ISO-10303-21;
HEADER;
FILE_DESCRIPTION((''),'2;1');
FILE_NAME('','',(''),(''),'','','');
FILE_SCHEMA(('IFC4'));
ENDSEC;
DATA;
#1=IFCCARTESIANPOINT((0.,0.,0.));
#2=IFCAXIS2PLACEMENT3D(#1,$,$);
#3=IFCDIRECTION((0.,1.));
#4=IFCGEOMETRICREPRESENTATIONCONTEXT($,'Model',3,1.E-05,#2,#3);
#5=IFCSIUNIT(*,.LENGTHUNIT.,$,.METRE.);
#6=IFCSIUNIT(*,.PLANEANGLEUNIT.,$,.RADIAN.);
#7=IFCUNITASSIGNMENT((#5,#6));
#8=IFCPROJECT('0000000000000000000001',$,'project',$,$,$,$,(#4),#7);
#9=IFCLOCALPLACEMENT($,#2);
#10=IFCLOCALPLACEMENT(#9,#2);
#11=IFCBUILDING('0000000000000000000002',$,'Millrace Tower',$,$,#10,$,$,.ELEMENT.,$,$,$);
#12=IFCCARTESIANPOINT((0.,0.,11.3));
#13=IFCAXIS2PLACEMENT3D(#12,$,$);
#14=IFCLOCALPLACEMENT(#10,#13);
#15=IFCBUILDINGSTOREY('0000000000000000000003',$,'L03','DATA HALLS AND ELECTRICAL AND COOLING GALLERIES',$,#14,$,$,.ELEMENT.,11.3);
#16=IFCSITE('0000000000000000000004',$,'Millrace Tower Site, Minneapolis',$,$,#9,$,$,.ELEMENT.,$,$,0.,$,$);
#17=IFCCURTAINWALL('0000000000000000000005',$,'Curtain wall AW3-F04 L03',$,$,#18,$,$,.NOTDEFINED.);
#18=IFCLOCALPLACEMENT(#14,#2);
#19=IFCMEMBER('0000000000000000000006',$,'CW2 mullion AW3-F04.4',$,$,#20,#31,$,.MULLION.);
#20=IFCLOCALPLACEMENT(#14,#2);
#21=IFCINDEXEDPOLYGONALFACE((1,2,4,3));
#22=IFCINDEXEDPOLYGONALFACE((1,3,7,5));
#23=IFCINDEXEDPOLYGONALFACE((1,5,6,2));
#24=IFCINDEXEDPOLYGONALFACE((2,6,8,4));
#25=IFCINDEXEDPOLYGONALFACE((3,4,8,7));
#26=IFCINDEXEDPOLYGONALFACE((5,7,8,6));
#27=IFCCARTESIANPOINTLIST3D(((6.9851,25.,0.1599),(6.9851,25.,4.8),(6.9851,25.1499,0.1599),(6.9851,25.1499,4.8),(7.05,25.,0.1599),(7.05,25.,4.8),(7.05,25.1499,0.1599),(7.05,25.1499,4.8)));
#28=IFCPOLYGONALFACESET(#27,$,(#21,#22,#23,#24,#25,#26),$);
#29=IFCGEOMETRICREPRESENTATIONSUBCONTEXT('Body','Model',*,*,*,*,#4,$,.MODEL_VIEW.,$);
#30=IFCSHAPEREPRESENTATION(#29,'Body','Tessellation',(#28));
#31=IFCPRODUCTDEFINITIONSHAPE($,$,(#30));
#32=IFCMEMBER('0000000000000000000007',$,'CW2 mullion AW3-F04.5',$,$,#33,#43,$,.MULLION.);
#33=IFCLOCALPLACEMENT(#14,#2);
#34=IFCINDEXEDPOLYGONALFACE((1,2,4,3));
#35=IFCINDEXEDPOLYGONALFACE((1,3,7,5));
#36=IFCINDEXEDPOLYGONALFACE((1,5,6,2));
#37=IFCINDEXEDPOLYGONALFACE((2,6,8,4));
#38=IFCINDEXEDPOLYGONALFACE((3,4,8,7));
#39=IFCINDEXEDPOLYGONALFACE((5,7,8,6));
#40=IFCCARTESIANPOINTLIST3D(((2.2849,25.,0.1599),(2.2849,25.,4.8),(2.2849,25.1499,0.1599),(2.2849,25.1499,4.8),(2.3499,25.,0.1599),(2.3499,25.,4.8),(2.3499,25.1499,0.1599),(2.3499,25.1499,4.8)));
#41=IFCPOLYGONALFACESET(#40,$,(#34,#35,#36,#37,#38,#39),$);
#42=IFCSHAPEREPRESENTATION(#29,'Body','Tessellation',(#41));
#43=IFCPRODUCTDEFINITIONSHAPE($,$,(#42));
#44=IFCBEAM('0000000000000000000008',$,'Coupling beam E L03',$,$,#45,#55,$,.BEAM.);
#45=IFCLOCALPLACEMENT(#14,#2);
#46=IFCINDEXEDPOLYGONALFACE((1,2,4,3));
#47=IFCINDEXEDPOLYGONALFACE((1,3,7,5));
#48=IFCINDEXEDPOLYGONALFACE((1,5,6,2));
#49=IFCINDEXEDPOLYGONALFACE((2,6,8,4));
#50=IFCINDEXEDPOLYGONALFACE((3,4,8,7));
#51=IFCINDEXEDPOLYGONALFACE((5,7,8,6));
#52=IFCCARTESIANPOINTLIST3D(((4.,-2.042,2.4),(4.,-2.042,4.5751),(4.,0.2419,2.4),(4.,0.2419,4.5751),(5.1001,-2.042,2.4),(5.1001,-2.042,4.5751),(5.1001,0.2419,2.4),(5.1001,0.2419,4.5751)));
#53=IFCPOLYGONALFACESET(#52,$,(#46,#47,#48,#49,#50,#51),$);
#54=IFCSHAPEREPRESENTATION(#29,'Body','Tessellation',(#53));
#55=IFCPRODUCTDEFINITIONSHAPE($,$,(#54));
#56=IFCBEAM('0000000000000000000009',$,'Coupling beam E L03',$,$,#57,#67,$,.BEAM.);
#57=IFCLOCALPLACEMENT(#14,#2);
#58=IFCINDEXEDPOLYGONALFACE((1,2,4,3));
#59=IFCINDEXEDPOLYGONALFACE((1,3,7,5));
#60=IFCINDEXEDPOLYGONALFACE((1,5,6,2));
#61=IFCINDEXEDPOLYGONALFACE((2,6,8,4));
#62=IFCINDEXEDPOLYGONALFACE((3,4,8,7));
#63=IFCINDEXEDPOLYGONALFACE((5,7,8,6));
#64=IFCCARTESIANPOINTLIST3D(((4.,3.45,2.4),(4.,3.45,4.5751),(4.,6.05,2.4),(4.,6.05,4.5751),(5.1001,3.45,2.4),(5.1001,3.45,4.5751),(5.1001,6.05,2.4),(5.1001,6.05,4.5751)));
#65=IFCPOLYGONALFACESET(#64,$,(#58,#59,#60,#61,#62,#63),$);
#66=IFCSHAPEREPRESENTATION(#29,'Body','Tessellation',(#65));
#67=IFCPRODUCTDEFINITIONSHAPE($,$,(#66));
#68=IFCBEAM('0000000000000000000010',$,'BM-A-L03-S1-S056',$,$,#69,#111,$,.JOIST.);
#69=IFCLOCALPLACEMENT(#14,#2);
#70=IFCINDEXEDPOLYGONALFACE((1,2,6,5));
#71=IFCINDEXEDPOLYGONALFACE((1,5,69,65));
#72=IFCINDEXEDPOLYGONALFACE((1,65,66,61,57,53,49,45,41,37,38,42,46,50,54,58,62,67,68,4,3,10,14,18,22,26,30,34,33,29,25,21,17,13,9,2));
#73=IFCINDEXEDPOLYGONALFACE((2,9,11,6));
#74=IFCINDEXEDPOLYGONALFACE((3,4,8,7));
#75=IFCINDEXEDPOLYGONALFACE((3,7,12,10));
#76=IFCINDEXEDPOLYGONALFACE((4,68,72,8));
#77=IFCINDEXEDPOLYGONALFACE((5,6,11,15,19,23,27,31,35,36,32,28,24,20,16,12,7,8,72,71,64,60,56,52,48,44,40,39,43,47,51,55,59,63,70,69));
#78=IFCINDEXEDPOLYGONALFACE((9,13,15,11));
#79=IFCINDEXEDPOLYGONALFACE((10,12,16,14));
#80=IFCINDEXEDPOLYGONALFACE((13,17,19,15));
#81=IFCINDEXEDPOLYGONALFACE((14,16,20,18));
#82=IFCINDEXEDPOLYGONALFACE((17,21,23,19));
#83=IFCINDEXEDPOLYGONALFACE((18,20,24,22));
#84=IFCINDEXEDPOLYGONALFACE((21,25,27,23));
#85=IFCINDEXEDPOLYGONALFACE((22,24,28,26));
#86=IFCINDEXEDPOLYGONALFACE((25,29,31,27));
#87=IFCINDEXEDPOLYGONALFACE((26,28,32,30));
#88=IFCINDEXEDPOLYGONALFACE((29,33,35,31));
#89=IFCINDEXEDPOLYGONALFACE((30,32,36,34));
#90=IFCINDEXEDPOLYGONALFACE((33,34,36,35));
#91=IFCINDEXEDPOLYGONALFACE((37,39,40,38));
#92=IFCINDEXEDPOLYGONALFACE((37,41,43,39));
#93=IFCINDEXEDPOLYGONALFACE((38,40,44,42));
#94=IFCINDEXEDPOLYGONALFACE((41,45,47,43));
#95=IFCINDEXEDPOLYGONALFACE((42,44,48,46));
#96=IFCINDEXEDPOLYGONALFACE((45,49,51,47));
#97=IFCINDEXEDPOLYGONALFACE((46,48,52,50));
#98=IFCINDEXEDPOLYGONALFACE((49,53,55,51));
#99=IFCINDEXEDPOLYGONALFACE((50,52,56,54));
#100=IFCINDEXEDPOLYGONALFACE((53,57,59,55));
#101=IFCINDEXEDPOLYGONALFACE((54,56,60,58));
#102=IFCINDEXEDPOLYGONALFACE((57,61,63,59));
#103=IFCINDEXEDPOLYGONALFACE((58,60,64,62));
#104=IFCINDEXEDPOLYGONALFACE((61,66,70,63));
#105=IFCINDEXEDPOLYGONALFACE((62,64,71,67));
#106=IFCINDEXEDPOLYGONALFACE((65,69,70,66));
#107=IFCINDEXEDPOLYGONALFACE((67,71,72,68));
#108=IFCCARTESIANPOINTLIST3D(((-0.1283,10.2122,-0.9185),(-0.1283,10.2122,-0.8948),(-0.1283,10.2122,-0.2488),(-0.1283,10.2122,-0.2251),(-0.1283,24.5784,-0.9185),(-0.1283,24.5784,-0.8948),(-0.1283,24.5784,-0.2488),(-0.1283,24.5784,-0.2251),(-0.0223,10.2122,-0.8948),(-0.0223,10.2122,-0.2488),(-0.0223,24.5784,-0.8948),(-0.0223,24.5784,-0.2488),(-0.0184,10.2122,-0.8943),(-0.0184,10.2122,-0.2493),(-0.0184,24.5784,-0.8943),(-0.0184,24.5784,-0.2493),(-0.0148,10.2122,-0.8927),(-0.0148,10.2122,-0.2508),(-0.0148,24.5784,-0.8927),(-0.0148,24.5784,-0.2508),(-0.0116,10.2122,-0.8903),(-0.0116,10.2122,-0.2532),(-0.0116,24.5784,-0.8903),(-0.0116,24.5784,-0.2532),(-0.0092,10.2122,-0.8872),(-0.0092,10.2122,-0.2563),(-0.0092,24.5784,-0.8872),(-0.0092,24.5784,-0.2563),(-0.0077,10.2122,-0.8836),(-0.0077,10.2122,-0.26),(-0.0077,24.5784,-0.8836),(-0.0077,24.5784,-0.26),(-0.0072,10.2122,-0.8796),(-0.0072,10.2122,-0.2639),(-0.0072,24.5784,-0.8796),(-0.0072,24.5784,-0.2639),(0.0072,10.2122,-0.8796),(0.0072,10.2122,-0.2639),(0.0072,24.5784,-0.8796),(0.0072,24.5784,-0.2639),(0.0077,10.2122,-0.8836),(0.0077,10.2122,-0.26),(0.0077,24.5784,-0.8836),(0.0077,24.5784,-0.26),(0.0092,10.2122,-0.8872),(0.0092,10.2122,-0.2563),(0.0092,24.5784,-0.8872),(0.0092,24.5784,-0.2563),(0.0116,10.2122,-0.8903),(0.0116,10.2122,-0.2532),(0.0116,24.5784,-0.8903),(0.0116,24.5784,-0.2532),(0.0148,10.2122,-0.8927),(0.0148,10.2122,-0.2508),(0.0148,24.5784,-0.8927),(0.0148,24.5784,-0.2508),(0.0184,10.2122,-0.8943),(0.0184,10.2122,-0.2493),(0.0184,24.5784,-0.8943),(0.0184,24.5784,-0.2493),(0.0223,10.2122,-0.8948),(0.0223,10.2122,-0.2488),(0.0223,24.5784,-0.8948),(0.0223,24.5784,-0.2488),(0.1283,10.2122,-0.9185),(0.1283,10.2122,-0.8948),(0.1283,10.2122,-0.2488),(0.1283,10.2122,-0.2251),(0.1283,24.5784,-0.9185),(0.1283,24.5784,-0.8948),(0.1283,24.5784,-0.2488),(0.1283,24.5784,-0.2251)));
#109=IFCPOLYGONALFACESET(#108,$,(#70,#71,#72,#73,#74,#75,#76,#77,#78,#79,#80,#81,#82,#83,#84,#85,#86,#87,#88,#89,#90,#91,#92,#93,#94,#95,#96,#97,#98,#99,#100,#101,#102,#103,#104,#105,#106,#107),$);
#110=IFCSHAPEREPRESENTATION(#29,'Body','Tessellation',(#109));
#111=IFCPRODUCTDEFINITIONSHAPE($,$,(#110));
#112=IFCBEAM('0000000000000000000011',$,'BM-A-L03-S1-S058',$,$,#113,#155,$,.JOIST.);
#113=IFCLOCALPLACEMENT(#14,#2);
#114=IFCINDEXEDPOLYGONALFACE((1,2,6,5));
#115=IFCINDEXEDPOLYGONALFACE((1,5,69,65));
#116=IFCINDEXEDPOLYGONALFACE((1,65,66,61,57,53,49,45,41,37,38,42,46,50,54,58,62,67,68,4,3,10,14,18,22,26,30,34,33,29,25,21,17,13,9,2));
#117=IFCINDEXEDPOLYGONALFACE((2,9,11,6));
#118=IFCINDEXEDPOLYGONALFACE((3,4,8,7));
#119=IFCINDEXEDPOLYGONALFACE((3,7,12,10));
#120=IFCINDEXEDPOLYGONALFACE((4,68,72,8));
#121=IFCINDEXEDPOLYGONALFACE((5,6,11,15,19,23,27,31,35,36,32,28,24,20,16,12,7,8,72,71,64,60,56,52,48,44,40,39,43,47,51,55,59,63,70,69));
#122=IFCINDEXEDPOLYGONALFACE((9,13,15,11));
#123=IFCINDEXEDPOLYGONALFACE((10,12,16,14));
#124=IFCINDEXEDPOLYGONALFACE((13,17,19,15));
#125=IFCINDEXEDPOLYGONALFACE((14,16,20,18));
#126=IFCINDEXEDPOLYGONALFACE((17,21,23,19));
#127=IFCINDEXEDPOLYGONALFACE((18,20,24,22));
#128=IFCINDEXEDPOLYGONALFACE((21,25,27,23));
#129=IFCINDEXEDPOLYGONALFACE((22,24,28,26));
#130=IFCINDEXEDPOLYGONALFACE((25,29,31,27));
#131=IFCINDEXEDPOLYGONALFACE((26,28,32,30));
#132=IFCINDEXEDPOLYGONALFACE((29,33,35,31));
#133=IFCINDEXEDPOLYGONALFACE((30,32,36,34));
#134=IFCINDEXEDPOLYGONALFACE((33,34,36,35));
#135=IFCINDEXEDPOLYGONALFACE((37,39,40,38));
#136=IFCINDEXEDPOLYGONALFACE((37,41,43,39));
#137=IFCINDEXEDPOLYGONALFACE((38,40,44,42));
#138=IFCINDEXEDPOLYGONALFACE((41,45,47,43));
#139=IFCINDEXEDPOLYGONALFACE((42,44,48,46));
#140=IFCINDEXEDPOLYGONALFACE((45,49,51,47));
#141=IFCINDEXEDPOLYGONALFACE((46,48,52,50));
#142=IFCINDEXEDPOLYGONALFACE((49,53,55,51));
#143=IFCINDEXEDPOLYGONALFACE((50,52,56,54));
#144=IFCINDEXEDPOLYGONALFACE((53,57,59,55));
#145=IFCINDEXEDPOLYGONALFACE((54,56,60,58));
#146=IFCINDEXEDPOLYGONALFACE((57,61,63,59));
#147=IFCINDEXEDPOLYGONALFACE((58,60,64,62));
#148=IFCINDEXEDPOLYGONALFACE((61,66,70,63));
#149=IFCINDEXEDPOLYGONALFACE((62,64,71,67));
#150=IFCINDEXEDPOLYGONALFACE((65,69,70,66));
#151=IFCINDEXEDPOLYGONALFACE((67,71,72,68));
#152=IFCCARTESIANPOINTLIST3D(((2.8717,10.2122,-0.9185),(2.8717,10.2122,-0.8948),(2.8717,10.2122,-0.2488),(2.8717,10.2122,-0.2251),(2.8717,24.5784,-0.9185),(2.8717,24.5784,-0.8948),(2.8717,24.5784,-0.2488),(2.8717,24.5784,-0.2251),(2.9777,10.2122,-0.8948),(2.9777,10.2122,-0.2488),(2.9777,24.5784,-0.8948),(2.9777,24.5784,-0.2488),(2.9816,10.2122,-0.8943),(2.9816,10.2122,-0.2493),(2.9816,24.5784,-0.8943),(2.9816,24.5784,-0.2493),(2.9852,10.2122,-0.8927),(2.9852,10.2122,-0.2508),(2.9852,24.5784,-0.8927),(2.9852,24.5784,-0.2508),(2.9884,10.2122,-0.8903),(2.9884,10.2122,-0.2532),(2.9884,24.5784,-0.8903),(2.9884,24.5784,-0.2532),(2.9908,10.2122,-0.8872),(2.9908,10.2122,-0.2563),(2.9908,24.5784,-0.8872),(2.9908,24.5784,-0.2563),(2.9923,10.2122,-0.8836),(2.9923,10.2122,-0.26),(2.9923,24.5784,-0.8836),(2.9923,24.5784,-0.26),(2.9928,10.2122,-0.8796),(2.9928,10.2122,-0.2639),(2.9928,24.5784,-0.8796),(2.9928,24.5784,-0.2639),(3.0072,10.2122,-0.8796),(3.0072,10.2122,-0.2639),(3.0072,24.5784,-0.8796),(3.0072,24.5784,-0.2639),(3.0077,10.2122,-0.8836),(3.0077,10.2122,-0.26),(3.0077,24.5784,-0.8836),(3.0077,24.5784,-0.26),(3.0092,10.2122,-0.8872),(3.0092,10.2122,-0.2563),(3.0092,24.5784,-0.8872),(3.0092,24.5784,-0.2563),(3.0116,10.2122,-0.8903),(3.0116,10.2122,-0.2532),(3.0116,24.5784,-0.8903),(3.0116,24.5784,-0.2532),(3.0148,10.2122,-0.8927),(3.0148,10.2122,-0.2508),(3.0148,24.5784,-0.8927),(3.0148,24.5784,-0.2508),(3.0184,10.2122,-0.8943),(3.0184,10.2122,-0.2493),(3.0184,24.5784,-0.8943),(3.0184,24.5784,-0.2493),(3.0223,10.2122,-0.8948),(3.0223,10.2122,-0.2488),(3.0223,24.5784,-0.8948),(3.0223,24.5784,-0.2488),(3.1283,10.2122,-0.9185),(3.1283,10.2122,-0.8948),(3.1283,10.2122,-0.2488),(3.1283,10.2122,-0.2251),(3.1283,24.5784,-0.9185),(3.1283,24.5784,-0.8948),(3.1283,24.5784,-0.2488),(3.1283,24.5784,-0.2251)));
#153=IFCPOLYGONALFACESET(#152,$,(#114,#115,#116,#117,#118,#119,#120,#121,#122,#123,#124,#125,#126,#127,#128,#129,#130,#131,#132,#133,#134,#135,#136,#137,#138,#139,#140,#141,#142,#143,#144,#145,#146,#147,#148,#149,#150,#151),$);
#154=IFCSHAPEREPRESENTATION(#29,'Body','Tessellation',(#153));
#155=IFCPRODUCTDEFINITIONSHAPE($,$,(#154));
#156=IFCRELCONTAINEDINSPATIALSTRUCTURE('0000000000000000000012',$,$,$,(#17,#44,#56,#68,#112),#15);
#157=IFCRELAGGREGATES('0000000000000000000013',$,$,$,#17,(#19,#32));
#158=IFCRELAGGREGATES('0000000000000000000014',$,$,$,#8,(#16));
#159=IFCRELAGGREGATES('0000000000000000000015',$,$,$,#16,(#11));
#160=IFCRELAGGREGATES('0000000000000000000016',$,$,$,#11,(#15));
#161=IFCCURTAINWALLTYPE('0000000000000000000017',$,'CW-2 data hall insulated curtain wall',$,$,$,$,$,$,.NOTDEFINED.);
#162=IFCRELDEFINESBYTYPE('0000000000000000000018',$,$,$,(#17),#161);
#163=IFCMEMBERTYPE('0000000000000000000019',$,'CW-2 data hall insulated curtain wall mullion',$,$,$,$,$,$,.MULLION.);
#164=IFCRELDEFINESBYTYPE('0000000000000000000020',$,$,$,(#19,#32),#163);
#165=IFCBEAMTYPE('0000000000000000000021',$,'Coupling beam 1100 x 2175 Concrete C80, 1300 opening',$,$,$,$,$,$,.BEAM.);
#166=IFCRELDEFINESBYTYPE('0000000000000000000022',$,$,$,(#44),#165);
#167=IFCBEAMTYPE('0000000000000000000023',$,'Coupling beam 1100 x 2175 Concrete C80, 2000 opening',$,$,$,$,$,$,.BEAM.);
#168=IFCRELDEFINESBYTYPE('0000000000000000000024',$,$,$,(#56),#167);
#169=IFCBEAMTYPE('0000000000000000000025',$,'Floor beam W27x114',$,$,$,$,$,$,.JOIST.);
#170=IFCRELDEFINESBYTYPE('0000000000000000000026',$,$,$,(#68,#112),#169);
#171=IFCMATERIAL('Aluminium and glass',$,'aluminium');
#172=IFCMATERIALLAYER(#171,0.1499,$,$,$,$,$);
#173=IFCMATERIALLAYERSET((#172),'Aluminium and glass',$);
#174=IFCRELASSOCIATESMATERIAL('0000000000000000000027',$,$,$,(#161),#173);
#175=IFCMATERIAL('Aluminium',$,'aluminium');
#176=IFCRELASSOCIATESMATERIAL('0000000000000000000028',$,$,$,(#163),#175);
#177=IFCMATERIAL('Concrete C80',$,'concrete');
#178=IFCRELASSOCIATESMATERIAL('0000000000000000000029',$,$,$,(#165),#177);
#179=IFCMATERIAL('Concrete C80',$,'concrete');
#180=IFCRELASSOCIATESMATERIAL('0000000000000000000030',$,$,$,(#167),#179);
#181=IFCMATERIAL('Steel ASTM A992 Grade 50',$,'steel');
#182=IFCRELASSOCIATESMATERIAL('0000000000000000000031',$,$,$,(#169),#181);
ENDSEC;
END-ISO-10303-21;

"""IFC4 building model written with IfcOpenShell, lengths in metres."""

from ifc_helpers import new_model, si_unit, direction, frame, origin, origin_2d, place, context, subcontext, project, spatial, rectangle, i_section, extrude, material, layer, layer_set, material_profile, profile_set, type_object, element, aggregate, save


model = new_model("IFC4")

# Units and contexts
model_context = context("Model", 3, precision=1e-05, world=origin(), true_north=direction((0.0, 1.0)))
body_context = subcontext(model_context, "Body", "Model", "MODEL_VIEW")
ifc_project = project(units=[si_unit("LENGTHUNIT", "METRE"), si_unit("PLANEANGLEUNIT", "RADIAN")], contexts=[model_context])

# Site, building, storey
site_placement = place(None, origin())
site = spatial("IfcSite", under=ifc_project, at=site_placement, Name="Millrace Tower Site, Minneapolis", CompositionType="ELEMENT", RefElevation=0.0)
building_placement = place(site_placement, origin())
building = spatial("IfcBuilding", under=site, at=building_placement, Name="Millrace Tower", CompositionType="ELEMENT")
storey_placement = place(building_placement, frame((0.0, 0.0, 11.3)))
storey = spatial("IfcBuildingStorey", under=building, at=storey_placement, Name="L03", Description="DATA HALLS AND ELECTRICAL AND COOLING GALLERIES", CompositionType="ELEMENT", Elevation=11.3)

# Curtain wall, members
ifc_material_1 = material(Name="Aluminium and glass", Category="aluminium")
ifc_layer_1 = layer(ifc_material_1, 0.1499)
ifc_layer_set_1 = layer_set([ifc_layer_1], Name="Aluminium and glass")
curtain_wall_type = type_object("IfcCurtainWallType", Name="CW-2 data hall insulated curtain wall", PredefinedType="NOTDEFINED", material=ifc_layer_set_1)
placement_1 = place(storey_placement, origin())
curtain_wall = element("IfcCurtainWall", 1, at=placement_1, inside=storey, type_object=curtain_wall_type, Name="Curtain wall AW3-F04 L03", PredefinedType="NOTDEFINED")
ifc_material_2 = material(Name="Aluminium", Category="aluminium")
ifc_material_profile_1 = material_profile(ifc_material_2, rectangle(XDim=0.0649, YDim=0.1499, at=origin_2d()))
ifc_profile_set_1 = profile_set([ifc_material_profile_1], Name="Aluminium")
member_type = type_object("IfcMemberType", Name="CW-2 data hall insulated curtain wall mullion", PredefinedType="MULLION", material=ifc_profile_set_1)
member_1_placement = place(storey_placement, frame((7.0176, 25.075, 0.1599), z_axis=(0.0, 0.0, 1.0), x_axis=(-1.0, 0.0, 0.0)))
member_1 = element("IfcMember", 2, at=member_1_placement, type_object=member_type, Name="CW2 mullion AW3-F04.4", PredefinedType="MULLION", context=body_context, shape_type="SweptSolid", body=[
    extrude(rectangle(XDim=0.0649, YDim=0.1499, at=origin_2d()), origin(), (0.0, 0.0, 1.0), 4.6401),
])
member_2_placement = place(storey_placement, frame((2.3174, 25.075, 0.1599), z_axis=(0.0, 0.0, 1.0), x_axis=(-1.0, 0.0, 0.0)))
member_2 = element("IfcMember", 3, at=member_2_placement, type_object=member_type, Name="CW2 mullion AW3-F04.5", PredefinedType="MULLION", context=body_context, shape_type="SweptSolid", body=[
    extrude(rectangle(XDim=0.0649, YDim=0.1499, at=origin_2d()), origin(), (0.0, 0.0, 1.0), 4.6401),
])
aggregate(curtain_wall, [member_1, member_2])

# Beams
ifc_material_3 = material(Name="Concrete C80", Category="concrete")
ifc_material_profile_2 = material_profile(ifc_material_3, rectangle(XDim=1.1001, YDim=2.175, at=origin_2d()))
ifc_profile_set_2 = profile_set([ifc_material_profile_2], Name="Concrete C80")
beam_type_1 = type_object("IfcBeamType", Name="Coupling beam 1100 x 2175 Concrete C80, 1300 opening", PredefinedType="BEAM", material=ifc_profile_set_2)
beam_1_placement = place(storey_placement, frame((4.55, 0.2419, 3.4875), z_axis=(0.0, -1.0, 0.0), x_axis=(1.0, 0.0, 0.0)))
element("IfcBeam", 4, at=beam_1_placement, inside=storey, type_object=beam_type_1, Name="Coupling beam E L03", PredefinedType="BEAM", context=body_context, shape_type="SweptSolid", body=[
    extrude(rectangle(XDim=1.1001, YDim=2.175, at=origin_2d()), origin(), (0.0, 0.0, 1.0), 2.2839),
])
ifc_material_4 = material(Name="Concrete C80", Category="concrete")
ifc_material_profile_3 = material_profile(ifc_material_4, rectangle(XDim=1.1001, YDim=2.175, at=origin_2d()))
ifc_profile_set_3 = profile_set([ifc_material_profile_3], Name="Concrete C80")
beam_type_2 = type_object("IfcBeamType", Name="Coupling beam 1100 x 2175 Concrete C80, 2000 opening", PredefinedType="BEAM", material=ifc_profile_set_3)
beam_2_placement = place(storey_placement, frame((4.55, 6.05, 3.4875), z_axis=(0.0, -1.0, 0.0), x_axis=(1.0, 0.0, 0.0)))
element("IfcBeam", 5, at=beam_2_placement, inside=storey, type_object=beam_type_2, Name="Coupling beam E L03", PredefinedType="BEAM", context=body_context, shape_type="SweptSolid", body=[
    extrude(rectangle(XDim=1.1001, YDim=2.175, at=origin_2d()), origin(), (0.0, 0.0, 1.0), 2.6001),
])
ifc_material_5 = material(Name="Steel ASTM A992 Grade 50", Category="steel")
ifc_material_profile_4 = material_profile(ifc_material_5, i_section(OverallWidth=0.2566, OverallDepth=0.6934, WebThickness=0.0144, FlangeThickness=0.0237, FilletRadius=0.0151, at=origin_2d()))
ifc_profile_set_4 = profile_set([ifc_material_profile_4], Name="Steel ASTM A992 Grade 50")
beam_type_3 = type_object("IfcBeamType", Name="Floor beam W27x114", PredefinedType="JOIST", material=ifc_profile_set_4)
for number, where, z_axis, x_axis, name in (
    (6, (0.0, 10.2122, -0.5718), (0.0, 1.0, 0.0), (-1.0, 0.0, 0.0), "BM-A-L03-S1-S056"),
    (7, (3.0, 10.2122, -0.5718), (0.0, 1.0, 0.0), (-1.0, 0.0, 0.0), "BM-A-L03-S1-S058"),
):
    element("IfcBeam", number, at=place(storey_placement, frame(where, z_axis=z_axis, x_axis=x_axis)), inside=storey, type_object=beam_type_3, Name=name, PredefinedType="JOIST", context=body_context, shape_type="SweptSolid", body=[
        extrude(i_section(OverallWidth=0.2566, OverallDepth=0.6934, WebThickness=0.0144, FlangeThickness=0.0237, FilletRadius=0.0151, at=origin_2d()), origin(), (0.0, 0.0, 1.0), 14.3662),
    ])

save(model, "model.ifc")
